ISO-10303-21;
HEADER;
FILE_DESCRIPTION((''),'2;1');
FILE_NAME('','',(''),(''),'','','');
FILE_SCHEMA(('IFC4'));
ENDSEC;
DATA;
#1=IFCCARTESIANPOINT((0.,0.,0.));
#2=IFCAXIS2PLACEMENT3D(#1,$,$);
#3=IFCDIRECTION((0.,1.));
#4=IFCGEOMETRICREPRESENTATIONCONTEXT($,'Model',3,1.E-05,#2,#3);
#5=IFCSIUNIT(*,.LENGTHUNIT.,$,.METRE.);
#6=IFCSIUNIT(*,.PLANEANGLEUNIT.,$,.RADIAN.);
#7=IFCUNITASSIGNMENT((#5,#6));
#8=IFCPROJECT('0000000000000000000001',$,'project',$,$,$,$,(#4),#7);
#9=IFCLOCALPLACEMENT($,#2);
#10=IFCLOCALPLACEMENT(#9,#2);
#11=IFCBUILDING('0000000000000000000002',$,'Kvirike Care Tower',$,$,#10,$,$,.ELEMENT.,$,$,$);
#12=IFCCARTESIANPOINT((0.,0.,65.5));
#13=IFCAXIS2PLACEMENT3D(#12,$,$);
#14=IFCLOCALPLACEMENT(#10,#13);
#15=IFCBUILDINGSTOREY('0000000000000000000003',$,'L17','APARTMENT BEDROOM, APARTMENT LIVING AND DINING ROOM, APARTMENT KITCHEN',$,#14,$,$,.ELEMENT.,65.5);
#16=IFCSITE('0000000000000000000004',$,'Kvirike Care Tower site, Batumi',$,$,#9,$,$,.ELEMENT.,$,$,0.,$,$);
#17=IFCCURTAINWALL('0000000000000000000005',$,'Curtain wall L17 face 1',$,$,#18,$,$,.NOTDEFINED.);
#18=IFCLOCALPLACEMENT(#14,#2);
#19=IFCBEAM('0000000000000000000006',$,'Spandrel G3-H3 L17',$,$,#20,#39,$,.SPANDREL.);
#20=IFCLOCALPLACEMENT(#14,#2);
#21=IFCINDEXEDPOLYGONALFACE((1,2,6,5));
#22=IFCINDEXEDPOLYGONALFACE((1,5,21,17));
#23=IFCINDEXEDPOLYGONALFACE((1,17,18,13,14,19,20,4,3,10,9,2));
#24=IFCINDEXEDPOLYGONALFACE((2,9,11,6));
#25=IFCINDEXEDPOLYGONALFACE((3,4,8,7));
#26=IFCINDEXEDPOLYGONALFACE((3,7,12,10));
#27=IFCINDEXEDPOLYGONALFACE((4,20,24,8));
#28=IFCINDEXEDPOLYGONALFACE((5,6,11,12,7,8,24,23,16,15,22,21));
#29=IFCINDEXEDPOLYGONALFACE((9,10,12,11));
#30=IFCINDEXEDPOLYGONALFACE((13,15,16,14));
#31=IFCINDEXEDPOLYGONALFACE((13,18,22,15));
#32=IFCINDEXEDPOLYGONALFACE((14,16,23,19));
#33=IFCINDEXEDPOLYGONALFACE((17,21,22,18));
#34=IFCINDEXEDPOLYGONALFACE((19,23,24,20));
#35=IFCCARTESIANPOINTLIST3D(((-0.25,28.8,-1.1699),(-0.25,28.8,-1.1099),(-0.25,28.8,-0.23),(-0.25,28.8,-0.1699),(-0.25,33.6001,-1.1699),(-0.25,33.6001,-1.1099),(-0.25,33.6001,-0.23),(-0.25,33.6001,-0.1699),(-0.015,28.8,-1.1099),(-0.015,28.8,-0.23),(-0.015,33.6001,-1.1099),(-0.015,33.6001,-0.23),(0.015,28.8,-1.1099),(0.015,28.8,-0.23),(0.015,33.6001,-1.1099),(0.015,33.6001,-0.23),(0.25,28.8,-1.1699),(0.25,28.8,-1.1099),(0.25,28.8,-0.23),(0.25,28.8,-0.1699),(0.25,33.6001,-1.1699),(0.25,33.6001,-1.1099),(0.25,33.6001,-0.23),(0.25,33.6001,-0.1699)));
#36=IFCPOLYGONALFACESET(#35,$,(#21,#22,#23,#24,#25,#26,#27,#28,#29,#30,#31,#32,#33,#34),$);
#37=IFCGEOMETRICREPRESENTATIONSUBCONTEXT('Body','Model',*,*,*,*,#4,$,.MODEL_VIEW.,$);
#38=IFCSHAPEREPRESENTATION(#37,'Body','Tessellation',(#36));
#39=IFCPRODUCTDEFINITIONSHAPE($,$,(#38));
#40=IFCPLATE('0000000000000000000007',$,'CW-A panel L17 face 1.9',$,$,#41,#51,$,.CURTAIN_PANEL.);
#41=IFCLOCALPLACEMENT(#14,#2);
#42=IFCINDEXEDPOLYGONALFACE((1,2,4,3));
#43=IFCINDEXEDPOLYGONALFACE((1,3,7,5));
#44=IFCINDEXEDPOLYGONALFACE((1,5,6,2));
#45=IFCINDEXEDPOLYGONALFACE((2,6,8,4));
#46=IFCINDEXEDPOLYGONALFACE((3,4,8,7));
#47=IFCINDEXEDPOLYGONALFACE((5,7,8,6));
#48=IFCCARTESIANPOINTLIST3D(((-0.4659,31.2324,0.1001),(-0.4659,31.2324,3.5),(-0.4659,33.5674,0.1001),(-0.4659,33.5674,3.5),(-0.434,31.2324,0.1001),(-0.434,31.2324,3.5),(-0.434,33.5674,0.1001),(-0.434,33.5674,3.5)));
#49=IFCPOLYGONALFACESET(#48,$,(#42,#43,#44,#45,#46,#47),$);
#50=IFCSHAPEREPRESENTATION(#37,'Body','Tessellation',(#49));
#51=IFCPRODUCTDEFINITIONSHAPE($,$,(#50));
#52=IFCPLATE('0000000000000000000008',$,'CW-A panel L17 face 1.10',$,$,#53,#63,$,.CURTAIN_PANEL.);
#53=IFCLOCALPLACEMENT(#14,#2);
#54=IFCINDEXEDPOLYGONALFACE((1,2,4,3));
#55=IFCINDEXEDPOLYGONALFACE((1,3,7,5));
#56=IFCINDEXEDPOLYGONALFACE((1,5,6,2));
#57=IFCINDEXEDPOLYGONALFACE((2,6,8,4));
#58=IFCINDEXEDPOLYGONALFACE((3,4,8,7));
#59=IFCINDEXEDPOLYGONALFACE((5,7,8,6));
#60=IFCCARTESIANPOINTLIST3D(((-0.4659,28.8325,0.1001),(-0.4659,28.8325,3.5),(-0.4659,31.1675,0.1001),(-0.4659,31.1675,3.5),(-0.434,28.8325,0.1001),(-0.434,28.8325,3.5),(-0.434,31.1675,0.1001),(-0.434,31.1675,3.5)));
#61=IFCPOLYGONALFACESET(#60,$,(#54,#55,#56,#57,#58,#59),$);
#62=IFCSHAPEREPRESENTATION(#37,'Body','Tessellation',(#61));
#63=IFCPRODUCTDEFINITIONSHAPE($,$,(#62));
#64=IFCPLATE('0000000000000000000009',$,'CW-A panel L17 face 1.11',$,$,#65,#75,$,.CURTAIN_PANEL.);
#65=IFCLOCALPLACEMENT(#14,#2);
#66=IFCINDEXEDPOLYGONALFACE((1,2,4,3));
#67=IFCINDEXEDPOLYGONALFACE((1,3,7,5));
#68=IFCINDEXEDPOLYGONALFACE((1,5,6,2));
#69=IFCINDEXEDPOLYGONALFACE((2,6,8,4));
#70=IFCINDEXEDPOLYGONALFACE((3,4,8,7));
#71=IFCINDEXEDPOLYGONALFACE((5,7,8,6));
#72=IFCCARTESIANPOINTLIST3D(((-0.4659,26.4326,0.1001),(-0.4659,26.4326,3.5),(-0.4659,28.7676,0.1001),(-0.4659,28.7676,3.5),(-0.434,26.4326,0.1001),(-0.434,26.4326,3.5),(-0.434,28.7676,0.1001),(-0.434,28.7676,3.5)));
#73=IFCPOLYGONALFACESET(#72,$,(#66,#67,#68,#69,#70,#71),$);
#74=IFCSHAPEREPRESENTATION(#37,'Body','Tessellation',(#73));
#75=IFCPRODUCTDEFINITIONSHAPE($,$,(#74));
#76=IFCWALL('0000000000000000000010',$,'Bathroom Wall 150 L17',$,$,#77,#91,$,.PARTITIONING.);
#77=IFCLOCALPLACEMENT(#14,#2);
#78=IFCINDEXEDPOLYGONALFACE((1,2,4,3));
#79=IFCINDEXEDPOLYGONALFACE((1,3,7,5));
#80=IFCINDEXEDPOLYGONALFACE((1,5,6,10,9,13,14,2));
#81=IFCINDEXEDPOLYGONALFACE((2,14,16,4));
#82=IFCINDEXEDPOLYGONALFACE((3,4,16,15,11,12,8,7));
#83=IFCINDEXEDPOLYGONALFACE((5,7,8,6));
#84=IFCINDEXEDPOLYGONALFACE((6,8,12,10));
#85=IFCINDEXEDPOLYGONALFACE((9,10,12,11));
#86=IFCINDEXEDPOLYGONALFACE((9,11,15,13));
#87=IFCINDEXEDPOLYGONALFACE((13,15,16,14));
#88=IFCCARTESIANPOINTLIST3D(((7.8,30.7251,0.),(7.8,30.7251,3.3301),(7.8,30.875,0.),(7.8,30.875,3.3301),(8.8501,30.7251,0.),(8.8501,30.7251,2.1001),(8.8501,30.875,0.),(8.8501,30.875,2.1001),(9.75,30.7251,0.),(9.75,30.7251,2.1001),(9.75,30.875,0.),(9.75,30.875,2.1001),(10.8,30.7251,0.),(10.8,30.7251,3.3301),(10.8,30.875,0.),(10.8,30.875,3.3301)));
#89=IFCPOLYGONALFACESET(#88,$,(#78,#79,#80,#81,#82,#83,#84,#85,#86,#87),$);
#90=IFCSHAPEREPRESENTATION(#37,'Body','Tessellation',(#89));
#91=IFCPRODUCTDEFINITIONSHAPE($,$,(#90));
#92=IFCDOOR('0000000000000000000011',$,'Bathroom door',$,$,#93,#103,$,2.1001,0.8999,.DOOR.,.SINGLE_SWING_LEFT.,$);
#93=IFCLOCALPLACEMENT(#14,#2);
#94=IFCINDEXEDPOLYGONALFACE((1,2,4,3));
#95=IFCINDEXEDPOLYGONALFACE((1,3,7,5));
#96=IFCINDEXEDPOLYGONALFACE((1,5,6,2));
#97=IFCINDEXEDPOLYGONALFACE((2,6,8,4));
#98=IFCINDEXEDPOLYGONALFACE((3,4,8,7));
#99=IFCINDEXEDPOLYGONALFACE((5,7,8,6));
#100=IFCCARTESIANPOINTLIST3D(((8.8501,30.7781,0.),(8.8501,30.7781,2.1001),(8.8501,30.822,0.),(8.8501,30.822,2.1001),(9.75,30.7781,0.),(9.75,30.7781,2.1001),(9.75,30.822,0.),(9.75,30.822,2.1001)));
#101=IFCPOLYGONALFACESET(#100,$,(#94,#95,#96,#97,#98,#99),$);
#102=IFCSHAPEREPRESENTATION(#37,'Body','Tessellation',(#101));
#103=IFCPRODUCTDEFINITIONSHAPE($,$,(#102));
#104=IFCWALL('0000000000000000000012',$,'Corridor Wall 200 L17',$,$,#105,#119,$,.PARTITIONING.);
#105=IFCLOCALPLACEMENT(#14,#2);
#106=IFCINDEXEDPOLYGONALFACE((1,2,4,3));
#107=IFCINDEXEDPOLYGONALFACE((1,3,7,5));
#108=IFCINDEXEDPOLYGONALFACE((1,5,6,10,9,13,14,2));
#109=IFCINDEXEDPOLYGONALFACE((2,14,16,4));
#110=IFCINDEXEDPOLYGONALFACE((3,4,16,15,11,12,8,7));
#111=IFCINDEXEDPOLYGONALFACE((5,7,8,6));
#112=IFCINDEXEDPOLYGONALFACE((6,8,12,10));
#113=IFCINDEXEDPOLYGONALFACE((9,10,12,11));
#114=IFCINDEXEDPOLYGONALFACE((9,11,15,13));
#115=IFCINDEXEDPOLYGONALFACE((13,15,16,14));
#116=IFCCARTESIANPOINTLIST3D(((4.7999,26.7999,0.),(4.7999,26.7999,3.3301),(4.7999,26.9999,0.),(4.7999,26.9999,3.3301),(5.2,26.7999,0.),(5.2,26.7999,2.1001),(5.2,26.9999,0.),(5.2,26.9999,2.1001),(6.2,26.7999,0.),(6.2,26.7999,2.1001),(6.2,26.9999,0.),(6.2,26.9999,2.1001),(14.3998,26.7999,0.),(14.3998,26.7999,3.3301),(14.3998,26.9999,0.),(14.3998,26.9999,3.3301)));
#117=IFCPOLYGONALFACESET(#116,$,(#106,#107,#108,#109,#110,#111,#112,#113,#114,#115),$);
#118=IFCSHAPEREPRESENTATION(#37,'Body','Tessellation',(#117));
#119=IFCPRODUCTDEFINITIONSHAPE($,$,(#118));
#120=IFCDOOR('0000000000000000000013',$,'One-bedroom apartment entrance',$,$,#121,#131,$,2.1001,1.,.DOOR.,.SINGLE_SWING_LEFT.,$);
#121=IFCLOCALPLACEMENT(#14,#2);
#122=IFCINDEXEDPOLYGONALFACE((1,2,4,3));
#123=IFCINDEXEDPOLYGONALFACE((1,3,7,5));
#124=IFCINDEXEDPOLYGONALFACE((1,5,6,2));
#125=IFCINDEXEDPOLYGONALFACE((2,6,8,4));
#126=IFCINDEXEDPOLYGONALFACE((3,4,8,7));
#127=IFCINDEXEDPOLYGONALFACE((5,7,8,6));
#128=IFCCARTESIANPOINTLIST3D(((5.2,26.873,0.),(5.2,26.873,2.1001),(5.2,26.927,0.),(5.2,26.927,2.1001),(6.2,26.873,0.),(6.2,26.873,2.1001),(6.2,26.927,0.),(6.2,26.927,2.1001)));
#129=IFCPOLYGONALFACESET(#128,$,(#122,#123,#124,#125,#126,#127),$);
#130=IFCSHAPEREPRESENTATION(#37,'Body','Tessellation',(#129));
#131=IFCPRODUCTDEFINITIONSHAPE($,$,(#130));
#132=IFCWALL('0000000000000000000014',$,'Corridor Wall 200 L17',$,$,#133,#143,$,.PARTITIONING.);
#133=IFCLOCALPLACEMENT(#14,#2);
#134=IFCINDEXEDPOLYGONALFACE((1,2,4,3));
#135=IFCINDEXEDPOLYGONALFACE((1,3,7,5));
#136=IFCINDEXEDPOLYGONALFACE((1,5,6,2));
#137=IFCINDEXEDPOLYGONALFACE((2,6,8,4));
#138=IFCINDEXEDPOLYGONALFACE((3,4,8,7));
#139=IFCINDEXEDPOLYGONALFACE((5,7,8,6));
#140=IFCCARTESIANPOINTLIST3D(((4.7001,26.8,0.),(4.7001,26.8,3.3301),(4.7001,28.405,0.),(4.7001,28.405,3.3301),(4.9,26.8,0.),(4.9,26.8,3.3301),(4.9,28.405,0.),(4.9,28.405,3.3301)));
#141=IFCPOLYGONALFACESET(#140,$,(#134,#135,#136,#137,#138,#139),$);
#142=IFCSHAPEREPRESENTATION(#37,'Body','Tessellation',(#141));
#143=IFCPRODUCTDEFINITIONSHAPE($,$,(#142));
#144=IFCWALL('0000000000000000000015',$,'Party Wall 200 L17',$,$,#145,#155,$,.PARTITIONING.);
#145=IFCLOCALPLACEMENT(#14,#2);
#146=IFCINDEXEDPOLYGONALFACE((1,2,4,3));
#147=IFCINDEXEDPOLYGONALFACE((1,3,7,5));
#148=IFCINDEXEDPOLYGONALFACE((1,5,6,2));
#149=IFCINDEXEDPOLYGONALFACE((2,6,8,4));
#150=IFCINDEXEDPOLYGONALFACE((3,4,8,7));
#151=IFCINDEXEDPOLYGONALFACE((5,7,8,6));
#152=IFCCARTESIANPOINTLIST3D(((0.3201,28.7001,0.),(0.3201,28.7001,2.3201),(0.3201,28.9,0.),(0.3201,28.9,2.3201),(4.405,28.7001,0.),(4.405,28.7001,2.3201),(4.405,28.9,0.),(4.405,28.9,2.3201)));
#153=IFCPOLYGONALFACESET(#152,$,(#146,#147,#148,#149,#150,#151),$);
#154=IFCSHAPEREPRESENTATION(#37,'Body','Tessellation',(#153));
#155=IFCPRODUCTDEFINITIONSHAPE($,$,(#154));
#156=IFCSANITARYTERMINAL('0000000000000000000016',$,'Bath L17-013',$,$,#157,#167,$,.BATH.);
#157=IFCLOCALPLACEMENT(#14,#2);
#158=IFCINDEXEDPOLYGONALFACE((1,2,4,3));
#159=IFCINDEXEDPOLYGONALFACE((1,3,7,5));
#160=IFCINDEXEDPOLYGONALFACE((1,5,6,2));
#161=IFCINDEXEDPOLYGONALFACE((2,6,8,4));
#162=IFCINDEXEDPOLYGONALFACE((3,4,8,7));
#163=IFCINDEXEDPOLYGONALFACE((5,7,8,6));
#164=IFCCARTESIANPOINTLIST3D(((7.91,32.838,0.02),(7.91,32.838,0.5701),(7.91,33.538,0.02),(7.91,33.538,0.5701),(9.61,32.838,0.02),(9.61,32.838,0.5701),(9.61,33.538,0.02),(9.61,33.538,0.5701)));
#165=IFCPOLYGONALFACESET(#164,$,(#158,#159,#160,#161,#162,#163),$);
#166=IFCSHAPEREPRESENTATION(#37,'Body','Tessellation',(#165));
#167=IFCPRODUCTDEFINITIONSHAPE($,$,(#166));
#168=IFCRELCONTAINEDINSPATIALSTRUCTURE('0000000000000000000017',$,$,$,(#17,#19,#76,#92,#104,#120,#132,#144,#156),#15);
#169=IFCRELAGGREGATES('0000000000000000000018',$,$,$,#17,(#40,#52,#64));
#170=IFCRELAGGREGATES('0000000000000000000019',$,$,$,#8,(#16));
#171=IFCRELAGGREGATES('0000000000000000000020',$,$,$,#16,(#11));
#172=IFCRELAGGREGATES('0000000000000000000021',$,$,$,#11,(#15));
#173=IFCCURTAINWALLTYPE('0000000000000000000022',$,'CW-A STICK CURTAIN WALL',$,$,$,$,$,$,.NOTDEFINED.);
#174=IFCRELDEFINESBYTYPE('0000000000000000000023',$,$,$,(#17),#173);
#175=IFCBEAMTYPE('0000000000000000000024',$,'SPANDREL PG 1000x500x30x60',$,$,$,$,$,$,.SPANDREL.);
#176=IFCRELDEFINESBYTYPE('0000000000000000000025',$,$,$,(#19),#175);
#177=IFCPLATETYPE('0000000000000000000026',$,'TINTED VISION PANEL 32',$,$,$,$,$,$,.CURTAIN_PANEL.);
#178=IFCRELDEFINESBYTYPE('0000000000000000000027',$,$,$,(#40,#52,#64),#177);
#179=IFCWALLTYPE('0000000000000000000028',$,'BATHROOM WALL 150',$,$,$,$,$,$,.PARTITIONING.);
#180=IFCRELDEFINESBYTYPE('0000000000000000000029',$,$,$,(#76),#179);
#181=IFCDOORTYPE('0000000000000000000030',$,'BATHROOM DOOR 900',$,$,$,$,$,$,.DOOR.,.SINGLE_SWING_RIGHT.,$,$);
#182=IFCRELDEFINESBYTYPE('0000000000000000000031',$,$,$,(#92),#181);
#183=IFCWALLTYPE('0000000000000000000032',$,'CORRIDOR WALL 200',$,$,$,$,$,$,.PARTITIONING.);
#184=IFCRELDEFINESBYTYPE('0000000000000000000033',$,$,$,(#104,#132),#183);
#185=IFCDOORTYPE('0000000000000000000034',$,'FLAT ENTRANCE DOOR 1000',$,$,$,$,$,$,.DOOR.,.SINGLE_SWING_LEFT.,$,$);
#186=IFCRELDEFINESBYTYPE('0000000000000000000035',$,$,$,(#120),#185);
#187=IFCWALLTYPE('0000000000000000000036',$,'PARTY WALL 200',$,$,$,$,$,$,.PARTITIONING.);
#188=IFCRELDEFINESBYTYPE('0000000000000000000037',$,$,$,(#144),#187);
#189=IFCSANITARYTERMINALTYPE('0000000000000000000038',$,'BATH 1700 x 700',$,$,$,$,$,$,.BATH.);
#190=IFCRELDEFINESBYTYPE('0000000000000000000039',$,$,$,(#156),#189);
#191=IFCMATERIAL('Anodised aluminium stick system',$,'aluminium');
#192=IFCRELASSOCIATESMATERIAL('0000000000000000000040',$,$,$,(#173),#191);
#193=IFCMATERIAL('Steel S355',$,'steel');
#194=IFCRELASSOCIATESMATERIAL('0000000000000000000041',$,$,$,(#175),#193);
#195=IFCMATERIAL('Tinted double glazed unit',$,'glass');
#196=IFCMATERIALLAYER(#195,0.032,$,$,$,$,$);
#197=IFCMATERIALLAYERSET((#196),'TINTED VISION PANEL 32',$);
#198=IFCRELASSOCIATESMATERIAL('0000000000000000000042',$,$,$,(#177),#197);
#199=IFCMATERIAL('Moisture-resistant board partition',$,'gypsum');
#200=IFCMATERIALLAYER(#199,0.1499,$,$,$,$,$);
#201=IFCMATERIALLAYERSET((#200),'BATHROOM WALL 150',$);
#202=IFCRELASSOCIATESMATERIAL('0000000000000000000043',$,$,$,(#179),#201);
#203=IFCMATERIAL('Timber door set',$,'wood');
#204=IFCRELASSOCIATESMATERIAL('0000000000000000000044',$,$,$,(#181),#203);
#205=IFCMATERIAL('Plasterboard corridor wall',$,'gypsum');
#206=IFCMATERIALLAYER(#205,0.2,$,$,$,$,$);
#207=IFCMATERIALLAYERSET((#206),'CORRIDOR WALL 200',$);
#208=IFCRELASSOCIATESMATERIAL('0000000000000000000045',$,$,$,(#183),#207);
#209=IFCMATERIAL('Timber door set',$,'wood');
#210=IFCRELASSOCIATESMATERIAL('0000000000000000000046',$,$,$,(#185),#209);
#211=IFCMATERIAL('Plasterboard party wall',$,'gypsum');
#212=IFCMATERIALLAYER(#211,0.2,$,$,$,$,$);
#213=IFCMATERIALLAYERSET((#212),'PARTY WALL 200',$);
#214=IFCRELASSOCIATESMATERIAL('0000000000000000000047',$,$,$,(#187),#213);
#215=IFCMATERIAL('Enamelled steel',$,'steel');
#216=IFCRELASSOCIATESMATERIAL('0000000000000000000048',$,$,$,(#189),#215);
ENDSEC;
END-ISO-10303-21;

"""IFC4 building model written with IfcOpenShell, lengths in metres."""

from ifc_helpers import new_model, si_unit, direction, frame, frame_2d, origin, origin_2d, place, context, subcontext, project, spatial, rectangle, i_section, extrude, material, layer, layer_set, material_profile, profile_set, type_object, element, fill, aggregate, save


model = new_model("IFC4")

# Units and contexts
model_context = context("Model", 3, precision=1e-05, world=origin(), true_north=direction((0.0, 1.0)))
body_context = subcontext(model_context, "Body", "Model", "MODEL_VIEW")
ifc_project = project(units=[si_unit("LENGTHUNIT", "METRE"), si_unit("PLANEANGLEUNIT", "RADIAN")], contexts=[model_context])

# Site, building, storey
site_placement = place(None, origin())
site = spatial("IfcSite", under=ifc_project, at=site_placement, Name="Kvirike Care Tower site, Batumi", CompositionType="ELEMENT", RefElevation=0.0)
building_placement = place(site_placement, origin())
building = spatial("IfcBuilding", under=site, at=building_placement, Name="Kvirike Care Tower", CompositionType="ELEMENT")
storey_placement = place(building_placement, frame((0.0, 0.0, 65.5)))
storey = spatial("IfcBuildingStorey", under=building, at=storey_placement, Name="L17", Description="APARTMENT BEDROOM, APARTMENT LIVING AND DINING ROOM, APARTMENT KITCHEN", CompositionType="ELEMENT", Elevation=65.5)

# Curtain wall
ifc_material_1 = material(Name="Anodised aluminium stick system", Category="aluminium")
curtain_wall_type = type_object("IfcCurtainWallType", Name="CW-A STICK CURTAIN WALL", PredefinedType="NOTDEFINED", material=ifc_material_1)
curtain_wall_placement = place(storey_placement, origin())
curtain_wall = element("IfcCurtainWall", 1, at=curtain_wall_placement, inside=storey, type_object=curtain_wall_type, Name="Curtain wall L17 face 1", PredefinedType="NOTDEFINED")

# Beam
ifc_material_2 = material(Name="Steel S355", Category="steel")
ifc_material_profile_1 = material_profile(ifc_material_2, i_section(OverallWidth=0.5, OverallDepth=1.0, WebThickness=0.03, FlangeThickness=0.0601, at=origin_2d()), Name="PG 1000x500x30x60")
ifc_profile_set_1 = profile_set([ifc_material_profile_1], Name="Steel S355")
beam_type_1 = type_object("IfcBeamType", Name="SPANDREL PG 1000x500x30x60", PredefinedType="SPANDREL", material=ifc_profile_set_1)
beam_placement = place(storey_placement, frame((0.0, 28.8, -0.6699), z_axis=(0.0, 1.0, 0.0), x_axis=(-1.0, 0.0, 0.0)))
element("IfcBeam", 2, at=beam_placement, inside=storey, type_object=beam_type_1, Name="Spandrel G3-H3 L17", PredefinedType="SPANDREL", context=body_context, shape_type="SweptSolid", body=[
    extrude(i_section(OverallWidth=0.5, OverallDepth=1.0, WebThickness=0.03, FlangeThickness=0.0601, at=origin_2d()), origin(), (0.0, 0.0, 1.0), 4.8),
])

# Plates
ifc_material_3 = material(Name="Tinted double glazed unit", Category="glass")
ifc_layer_1 = layer(ifc_material_3, 0.032)
ifc_layer_set_1 = layer_set([ifc_layer_1], Name="TINTED VISION PANEL 32")
plate_type = type_object("IfcPlateType", Name="TINTED VISION PANEL 32", PredefinedType="CURTAIN_PANEL", material=ifc_layer_set_1)
plate_1_placement = place(storey_placement, frame((-0.45, 32.3999, 0.1001), z_axis=(0.0, 0.0, 1.0), x_axis=(0.0, -1.0, 0.0)))
plate_1 = element("IfcPlate", 3, at=plate_1_placement, type_object=plate_type, Name="CW-A panel L17 face 1.9", PredefinedType="CURTAIN_PANEL", context=body_context, shape_type="SweptSolid", body=[
    extrude(rectangle(XDim=2.335, YDim=0.032, at=origin_2d()), origin(), (0.0, 0.0, 1.0), 3.3999),
])
plate_2_placement = place(storey_placement, frame((-0.45, 30.0, 0.1001), z_axis=(0.0, 0.0, 1.0), x_axis=(0.0, -1.0, 0.0)))
plate_2 = element("IfcPlate", 4, at=plate_2_placement, type_object=plate_type, Name="CW-A panel L17 face 1.10", PredefinedType="CURTAIN_PANEL", context=body_context, shape_type="SweptSolid", body=[
    extrude(rectangle(XDim=2.335, YDim=0.032, at=origin_2d()), origin(), (0.0, 0.0, 1.0), 3.3999),
])
plate_3_placement = place(storey_placement, frame((-0.45, 27.6001, 0.1001), z_axis=(0.0, 0.0, 1.0), x_axis=(0.0, -1.0, 0.0)))
plate_3 = element("IfcPlate", 5, at=plate_3_placement, type_object=plate_type, Name="CW-A panel L17 face 1.11", PredefinedType="CURTAIN_PANEL", context=body_context, shape_type="SweptSolid", body=[
    extrude(rectangle(XDim=2.335, YDim=0.032, at=origin_2d()), origin(), (0.0, 0.0, 1.0), 3.3999),
])
aggregate(curtain_wall, [plate_1, plate_2, plate_3])

# Walls, openings, doors
ifc_material_4 = material(Name="Moisture-resistant board partition", Category="gypsum")
ifc_layer_2 = layer(ifc_material_4, 0.1499)
ifc_layer_set_2 = layer_set([ifc_layer_2], Name="BATHROOM WALL 150")
wall_type_1 = type_object("IfcWallType", Name="BATHROOM WALL 150", PredefinedType="PARTITIONING", material=ifc_layer_set_2)
wall_1_placement = place(storey_placement, frame((7.8, 30.8, 0.0), z_axis=(0.0, 0.0, 1.0), x_axis=(1.0, 0.0, 0.0)))
wall_1 = element("IfcWall", 6, at=wall_1_placement, inside=storey, type_object=wall_type_1, Name="Bathroom Wall 150 L17", PredefinedType="PARTITIONING", context=body_context, shape_type="SweptSolid", body=[
    extrude(rectangle(XDim=3.0, YDim=0.1499, at=frame_2d((1.5, 0.0))), origin(), (0.0, 0.0, 1.0), 3.3301),
])
opening_1_placement = place(wall_1_placement, frame((1.05, 0.0, 0.0)))
opening_1 = element("IfcOpeningElement", 7, at=opening_1_placement, cuts=wall_1, PredefinedType="OPENING", context=body_context, shape_type="SweptSolid", body=[
    extrude(rectangle(XDim=0.8999, YDim=2.1001, at=frame_2d((0.45, 1.05))), frame((0.0, 0.0854, 0.0), z_axis=(0.0, -1.0, 0.0), x_axis=(1.0, 0.0, 0.0)), (0.0, 0.0, 1.0), 0.1709),
])
ifc_material_5 = material(Name="Timber door set", Category="wood")
door_type_1 = type_object("IfcDoorType", Name="BATHROOM DOOR 900", OperationType="SINGLE_SWING_RIGHT", PredefinedType="DOOR", material=ifc_material_5)
door_1_placement = place(opening_1_placement, origin())
door_1 = element("IfcDoor", 8, at=door_1_placement, inside=storey, type_object=door_type_1, Name="Bathroom door", OperationType="SINGLE_SWING_LEFT", OverallHeight=2.1001, OverallWidth=0.8999, PredefinedType="DOOR", context=body_context, shape_type="SweptSolid", body=[
    extrude(rectangle(XDim=0.8999, YDim=2.1001, at=frame_2d((0.45, 1.05))), frame((0.0, 0.022, 0.0), z_axis=(0.0, -1.0, 0.0), x_axis=(1.0, 0.0, 0.0)), (0.0, 0.0, 1.0), 0.0439),
])
fill(opening_1, door_1)
ifc_material_6 = material(Name="Plasterboard corridor wall", Category="gypsum")
ifc_layer_3 = layer(ifc_material_6, 0.2)
ifc_layer_set_3 = layer_set([ifc_layer_3], Name="CORRIDOR WALL 200")
wall_type_2 = type_object("IfcWallType", Name="CORRIDOR WALL 200", PredefinedType="PARTITIONING", material=ifc_layer_set_3)
wall_2_placement = place(storey_placement, frame((4.8, 26.8999, 0.0), z_axis=(0.0, 0.0, 1.0), x_axis=(1.0, 0.0, 0.0)))
wall_2 = element("IfcWall", 9, at=wall_2_placement, inside=storey, type_object=wall_type_2, Name="Corridor Wall 200 L17", PredefinedType="PARTITIONING", context=body_context, shape_type="SweptSolid", body=[
    extrude(rectangle(XDim=9.5999, YDim=0.2, at=frame_2d((4.7998, 0.0))), origin(), (0.0, 0.0, 1.0), 3.3301),
])
opening_2_placement = place(wall_2_placement, frame((0.3999, 0.0, 0.0)))
opening_2 = element("IfcOpeningElement", 10, at=opening_2_placement, cuts=wall_2, PredefinedType="OPENING", context=body_context, shape_type="SweptSolid", body=[
    extrude(rectangle(XDim=1.0, YDim=2.1001, at=frame_2d((0.5, 1.05))), frame((0.0, 0.1106, 0.0), z_axis=(0.0, -1.0, 0.0), x_axis=(1.0, 0.0, 0.0)), (0.0, 0.0, 1.0), 0.2209),
])
ifc_material_7 = material(Name="Timber door set", Category="wood")
door_type_2 = type_object("IfcDoorType", Name="FLAT ENTRANCE DOOR 1000", OperationType="SINGLE_SWING_LEFT", PredefinedType="DOOR", material=ifc_material_7)
door_2_placement = place(opening_2_placement, frame((1.0, 0.0, 0.0), z_axis=(0.0, 0.0, 1.0), x_axis=(-1.0, 0.0, 0.0)))
door_2 = element("IfcDoor", 11, at=door_2_placement, inside=storey, type_object=door_type_2, Name="One-bedroom apartment entrance", OperationType="SINGLE_SWING_LEFT", OverallHeight=2.1001, OverallWidth=1.0, PredefinedType="DOOR", context=body_context, shape_type="SweptSolid", body=[
    extrude(rectangle(XDim=1.0, YDim=2.1001, at=frame_2d((0.5, 1.05))), frame((0.0, 0.0269, 0.0), z_axis=(0.0, -1.0, 0.0), x_axis=(1.0, 0.0, 0.0)), (0.0, 0.0, 1.0), 0.054),
])
fill(opening_2, door_2)

# Walls
wall_3_placement = place(storey_placement, frame((4.8, 26.8, 0.0), z_axis=(0.0, 0.0, 1.0), x_axis=(0.0, 1.0, 0.0)))
element("IfcWall", 12, at=wall_3_placement, inside=storey, type_object=wall_type_2, Name="Corridor Wall 200 L17", PredefinedType="PARTITIONING", context=body_context, shape_type="SweptSolid", body=[
    extrude(rectangle(XDim=1.605, YDim=0.2, at=frame_2d((0.8025, 0.0))), origin(), (0.0, 0.0, 1.0), 3.3301),
])
ifc_material_8 = material(Name="Plasterboard party wall", Category="gypsum")
ifc_layer_4 = layer(ifc_material_8, 0.2)
ifc_layer_set_4 = layer_set([ifc_layer_4], Name="PARTY WALL 200")
wall_type_3 = type_object("IfcWallType", Name="PARTY WALL 200", PredefinedType="PARTITIONING", material=ifc_layer_set_4)
wall_4_placement = place(storey_placement, frame((4.405, 28.8, 0.0), z_axis=(0.0, 0.0, 1.0), x_axis=(-1.0, 0.0, 0.0)))
element("IfcWall", 13, at=wall_4_placement, inside=storey, type_object=wall_type_3, Name="Party Wall 200 L17", PredefinedType="PARTITIONING", context=body_context, shape_type="SweptSolid", body=[
    extrude(rectangle(XDim=4.085, YDim=0.2, at=frame_2d((2.0425, 0.0))), origin(), (0.0, 0.0, 1.0), 2.3201),
])

# Sanitary terminal
ifc_material_9 = material(Name="Enamelled steel", Category="steel")
sanitary_terminal_type = type_object("IfcSanitaryTerminalType", Name="BATH 1700 x 700", PredefinedType="BATH", material=ifc_material_9)
sanitary_terminal_placement = place(storey_placement, frame((8.76, 33.188, 0.02), z_axis=(0.0, 0.0, 1.0), x_axis=(1.0, 0.0, 0.0)))
element("IfcSanitaryTerminal", 14, at=sanitary_terminal_placement, inside=storey, type_object=sanitary_terminal_type, Name="Bath L17-013", PredefinedType="BATH", context=body_context, shape_type="SweptSolid", body=[
    extrude(rectangle(XDim=1.7, YDim=0.7, at=origin_2d()), origin(), (0.0, 0.0, 1.0), 0.55),
])

save(model, "model.ifc")
